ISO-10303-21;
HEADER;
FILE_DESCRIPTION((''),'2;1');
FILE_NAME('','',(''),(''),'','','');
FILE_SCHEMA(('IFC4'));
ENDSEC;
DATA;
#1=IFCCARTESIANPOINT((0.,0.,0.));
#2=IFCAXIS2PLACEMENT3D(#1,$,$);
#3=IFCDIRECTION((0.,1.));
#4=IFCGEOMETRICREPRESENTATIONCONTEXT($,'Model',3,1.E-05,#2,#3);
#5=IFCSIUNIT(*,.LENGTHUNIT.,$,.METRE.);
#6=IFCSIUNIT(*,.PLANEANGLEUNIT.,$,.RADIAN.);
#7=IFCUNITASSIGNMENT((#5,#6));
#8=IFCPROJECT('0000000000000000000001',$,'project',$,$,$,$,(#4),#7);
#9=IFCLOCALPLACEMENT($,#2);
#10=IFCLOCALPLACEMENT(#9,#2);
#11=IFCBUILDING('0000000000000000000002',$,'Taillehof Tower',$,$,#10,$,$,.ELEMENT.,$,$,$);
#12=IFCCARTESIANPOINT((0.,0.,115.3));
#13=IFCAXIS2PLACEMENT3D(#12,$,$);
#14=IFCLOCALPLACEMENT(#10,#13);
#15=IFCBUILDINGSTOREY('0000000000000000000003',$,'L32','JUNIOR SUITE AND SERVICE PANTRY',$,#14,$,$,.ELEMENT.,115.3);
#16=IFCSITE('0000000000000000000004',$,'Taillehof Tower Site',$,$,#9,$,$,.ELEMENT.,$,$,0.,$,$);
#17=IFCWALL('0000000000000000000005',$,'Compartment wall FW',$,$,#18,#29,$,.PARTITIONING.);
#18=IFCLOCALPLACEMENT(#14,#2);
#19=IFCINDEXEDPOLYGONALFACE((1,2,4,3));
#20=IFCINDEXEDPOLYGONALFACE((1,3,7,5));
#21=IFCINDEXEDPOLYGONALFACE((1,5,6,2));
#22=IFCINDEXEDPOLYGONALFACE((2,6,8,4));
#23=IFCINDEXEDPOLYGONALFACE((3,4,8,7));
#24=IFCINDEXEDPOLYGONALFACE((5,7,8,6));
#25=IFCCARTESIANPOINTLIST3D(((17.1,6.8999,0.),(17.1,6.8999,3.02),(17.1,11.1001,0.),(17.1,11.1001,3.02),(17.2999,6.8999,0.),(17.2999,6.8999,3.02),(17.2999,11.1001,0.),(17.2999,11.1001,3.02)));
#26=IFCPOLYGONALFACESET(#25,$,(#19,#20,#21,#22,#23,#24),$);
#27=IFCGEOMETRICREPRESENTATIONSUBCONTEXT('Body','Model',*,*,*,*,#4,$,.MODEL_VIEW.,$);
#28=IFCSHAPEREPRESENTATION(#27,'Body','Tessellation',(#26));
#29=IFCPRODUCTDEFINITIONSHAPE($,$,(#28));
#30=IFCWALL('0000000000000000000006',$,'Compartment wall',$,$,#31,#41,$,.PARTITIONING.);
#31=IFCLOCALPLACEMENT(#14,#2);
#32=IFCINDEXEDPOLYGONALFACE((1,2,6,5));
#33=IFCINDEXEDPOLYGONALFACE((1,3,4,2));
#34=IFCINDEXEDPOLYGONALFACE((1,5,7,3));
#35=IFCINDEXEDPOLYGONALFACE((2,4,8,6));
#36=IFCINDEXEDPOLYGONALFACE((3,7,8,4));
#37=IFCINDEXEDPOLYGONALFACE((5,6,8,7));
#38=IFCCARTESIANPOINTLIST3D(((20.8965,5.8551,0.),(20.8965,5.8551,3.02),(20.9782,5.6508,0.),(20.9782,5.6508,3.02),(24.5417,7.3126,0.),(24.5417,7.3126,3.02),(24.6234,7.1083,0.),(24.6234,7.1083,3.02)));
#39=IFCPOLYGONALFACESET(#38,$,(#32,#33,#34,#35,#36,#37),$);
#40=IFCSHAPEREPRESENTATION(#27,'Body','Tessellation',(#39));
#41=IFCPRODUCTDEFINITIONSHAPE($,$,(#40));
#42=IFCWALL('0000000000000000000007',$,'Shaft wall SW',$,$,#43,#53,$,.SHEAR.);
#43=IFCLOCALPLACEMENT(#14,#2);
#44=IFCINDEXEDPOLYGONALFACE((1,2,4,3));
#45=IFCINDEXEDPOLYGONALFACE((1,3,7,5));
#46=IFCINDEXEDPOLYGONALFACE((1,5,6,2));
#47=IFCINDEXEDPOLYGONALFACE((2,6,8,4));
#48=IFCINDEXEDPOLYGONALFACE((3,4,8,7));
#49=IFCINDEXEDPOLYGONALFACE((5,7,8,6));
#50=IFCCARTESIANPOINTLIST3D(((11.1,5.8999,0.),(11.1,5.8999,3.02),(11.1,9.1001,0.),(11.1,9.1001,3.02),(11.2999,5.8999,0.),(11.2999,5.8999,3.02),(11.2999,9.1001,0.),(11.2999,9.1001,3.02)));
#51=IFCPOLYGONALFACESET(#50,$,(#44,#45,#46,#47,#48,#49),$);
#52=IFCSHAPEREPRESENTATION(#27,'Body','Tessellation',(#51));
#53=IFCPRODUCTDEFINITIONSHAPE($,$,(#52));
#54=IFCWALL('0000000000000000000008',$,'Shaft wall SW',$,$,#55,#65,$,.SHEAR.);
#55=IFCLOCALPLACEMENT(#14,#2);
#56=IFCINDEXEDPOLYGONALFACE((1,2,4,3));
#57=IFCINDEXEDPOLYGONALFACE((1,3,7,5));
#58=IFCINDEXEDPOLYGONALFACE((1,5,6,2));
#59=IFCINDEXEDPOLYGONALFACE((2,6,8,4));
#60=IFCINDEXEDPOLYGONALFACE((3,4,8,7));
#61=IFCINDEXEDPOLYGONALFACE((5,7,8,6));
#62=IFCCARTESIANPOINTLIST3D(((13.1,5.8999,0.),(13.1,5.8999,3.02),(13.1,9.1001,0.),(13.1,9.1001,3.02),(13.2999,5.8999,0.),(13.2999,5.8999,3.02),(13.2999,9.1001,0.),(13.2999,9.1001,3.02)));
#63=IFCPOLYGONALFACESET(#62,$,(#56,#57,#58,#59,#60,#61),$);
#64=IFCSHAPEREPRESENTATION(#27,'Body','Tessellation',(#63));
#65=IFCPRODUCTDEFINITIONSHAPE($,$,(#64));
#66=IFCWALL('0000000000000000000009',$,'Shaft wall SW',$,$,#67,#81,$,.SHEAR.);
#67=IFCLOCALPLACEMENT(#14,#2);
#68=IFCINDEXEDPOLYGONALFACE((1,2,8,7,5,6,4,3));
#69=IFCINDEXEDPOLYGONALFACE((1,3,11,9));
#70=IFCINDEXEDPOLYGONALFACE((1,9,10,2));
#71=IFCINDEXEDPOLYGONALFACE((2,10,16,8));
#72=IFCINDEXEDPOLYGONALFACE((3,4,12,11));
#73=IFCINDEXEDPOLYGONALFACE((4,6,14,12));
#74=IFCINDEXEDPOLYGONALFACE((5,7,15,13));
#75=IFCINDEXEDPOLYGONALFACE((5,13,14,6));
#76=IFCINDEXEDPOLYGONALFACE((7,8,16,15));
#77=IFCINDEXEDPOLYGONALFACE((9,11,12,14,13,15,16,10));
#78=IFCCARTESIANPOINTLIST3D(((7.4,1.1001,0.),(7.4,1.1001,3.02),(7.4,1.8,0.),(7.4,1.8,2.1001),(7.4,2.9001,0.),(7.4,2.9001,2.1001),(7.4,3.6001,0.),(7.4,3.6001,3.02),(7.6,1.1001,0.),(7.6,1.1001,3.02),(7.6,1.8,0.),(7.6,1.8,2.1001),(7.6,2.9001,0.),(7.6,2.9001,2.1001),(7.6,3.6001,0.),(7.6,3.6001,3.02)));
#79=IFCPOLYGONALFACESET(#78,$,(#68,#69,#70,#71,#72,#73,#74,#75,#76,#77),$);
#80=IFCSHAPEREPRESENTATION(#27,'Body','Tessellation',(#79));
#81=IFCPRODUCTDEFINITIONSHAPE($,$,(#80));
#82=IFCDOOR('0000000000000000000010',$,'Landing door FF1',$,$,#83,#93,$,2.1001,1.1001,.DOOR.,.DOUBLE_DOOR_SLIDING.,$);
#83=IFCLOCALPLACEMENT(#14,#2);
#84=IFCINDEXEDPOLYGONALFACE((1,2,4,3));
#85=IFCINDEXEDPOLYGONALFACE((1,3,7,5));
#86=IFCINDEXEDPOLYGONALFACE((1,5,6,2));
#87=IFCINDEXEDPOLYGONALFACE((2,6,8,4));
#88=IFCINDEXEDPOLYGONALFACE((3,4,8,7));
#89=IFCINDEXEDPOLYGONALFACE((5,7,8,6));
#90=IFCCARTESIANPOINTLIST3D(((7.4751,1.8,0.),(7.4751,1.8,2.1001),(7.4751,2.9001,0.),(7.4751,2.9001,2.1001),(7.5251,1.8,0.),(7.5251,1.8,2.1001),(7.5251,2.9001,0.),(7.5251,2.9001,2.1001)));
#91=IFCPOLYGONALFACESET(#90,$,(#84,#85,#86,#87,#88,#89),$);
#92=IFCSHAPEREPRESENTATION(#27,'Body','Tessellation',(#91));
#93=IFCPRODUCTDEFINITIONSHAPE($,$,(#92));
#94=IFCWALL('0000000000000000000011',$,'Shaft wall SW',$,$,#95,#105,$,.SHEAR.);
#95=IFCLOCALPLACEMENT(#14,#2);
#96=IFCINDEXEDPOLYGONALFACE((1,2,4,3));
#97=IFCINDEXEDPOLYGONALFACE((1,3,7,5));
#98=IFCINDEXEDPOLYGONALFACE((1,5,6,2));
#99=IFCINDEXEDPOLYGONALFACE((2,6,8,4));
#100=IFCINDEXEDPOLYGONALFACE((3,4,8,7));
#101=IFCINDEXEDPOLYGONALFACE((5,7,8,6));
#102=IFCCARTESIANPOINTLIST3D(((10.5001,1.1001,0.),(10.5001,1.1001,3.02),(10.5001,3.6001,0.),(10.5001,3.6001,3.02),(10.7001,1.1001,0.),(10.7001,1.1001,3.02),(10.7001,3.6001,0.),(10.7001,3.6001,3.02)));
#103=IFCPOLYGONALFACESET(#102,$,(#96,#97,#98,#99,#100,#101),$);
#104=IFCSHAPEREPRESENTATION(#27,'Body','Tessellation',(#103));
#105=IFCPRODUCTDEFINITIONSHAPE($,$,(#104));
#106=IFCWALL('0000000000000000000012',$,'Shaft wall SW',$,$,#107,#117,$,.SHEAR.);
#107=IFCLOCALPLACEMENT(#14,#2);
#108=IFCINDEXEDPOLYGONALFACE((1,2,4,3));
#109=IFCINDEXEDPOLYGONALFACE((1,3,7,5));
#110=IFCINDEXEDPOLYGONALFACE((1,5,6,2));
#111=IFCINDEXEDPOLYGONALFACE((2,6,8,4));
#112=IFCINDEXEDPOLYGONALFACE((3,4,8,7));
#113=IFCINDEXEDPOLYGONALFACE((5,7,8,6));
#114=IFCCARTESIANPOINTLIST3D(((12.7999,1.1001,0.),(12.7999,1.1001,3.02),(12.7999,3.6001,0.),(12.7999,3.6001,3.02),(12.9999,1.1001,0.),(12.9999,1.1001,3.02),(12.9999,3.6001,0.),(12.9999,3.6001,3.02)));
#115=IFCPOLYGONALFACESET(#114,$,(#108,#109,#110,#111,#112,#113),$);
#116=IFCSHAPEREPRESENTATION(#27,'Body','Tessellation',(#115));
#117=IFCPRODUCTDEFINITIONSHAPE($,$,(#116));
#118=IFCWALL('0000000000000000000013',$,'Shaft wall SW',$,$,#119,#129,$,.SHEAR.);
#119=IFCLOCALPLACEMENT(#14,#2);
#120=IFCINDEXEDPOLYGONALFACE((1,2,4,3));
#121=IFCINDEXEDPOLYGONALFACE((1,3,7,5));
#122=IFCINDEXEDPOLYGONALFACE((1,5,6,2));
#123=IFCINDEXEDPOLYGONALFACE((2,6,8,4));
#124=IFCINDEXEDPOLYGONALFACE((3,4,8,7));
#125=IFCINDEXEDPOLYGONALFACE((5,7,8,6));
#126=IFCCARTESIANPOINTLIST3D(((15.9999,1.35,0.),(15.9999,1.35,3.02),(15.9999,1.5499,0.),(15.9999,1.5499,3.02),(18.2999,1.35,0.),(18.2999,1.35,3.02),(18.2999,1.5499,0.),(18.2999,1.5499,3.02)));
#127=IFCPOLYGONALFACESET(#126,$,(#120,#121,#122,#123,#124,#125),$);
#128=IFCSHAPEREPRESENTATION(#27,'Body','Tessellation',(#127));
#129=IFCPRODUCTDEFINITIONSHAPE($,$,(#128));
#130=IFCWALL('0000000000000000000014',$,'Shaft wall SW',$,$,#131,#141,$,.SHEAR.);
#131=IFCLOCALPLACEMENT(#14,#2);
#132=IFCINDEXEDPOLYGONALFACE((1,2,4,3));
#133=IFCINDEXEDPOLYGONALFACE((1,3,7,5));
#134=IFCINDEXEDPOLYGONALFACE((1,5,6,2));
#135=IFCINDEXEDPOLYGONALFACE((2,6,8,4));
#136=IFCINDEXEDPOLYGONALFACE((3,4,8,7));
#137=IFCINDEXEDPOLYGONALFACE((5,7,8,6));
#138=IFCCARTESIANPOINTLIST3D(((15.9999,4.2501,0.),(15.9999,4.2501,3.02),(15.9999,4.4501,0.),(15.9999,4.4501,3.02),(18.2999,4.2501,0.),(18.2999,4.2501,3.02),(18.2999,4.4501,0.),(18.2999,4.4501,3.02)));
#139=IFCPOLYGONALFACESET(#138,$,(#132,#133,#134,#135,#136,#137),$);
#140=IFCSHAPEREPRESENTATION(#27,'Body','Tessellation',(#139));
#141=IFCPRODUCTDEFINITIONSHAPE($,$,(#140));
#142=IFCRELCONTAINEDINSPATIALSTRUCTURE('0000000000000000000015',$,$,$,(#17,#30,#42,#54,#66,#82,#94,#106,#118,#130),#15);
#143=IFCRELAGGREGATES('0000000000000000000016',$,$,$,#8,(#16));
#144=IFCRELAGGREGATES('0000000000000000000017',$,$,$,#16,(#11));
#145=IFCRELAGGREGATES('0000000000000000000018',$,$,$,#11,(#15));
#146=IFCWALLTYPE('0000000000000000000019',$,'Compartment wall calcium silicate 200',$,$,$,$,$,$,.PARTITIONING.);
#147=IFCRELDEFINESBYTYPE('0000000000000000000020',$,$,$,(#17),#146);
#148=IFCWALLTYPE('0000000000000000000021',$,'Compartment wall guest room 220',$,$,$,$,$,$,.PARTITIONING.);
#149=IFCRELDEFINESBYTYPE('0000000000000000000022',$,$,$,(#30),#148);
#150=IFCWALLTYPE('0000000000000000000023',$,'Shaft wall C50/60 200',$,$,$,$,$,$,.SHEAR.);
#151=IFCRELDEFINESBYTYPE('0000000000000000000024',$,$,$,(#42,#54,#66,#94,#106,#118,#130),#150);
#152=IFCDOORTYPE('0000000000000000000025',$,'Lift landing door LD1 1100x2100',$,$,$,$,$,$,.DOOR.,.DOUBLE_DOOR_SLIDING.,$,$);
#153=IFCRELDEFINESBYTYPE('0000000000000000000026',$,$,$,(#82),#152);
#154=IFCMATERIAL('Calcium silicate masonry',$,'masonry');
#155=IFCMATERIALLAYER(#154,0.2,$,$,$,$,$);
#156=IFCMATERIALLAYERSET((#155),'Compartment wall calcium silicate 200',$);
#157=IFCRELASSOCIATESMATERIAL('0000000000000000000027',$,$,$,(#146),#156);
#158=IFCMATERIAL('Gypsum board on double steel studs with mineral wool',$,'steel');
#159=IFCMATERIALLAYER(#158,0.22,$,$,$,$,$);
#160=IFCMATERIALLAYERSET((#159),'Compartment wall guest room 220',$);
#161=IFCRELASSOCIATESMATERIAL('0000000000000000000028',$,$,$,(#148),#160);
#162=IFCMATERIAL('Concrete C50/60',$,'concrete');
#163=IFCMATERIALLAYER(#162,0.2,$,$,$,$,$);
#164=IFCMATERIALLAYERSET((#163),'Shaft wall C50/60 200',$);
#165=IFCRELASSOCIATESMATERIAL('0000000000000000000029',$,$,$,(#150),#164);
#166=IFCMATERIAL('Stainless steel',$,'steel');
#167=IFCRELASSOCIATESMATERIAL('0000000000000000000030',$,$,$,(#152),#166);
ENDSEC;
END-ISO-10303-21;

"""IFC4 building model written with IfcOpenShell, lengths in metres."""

from ifc_helpers import new_model, si_unit, direction, frame, frame_2d, origin, place, context, subcontext, project, spatial, rectangle, extrude, material, layer, layer_set, type_object, element, fill, save


model = new_model("IFC4")

# Units and contexts
model_context = context("Model", 3, precision=1e-05, world=origin(), true_north=direction((0.0, 1.0)))
body_context = subcontext(model_context, "Body", "Model", "MODEL_VIEW")
ifc_project = project(units=[si_unit("LENGTHUNIT", "METRE"), si_unit("PLANEANGLEUNIT", "RADIAN")], contexts=[model_context])

# Site, building, storey
site_placement = place(None, origin())
site = spatial("IfcSite", under=ifc_project, at=site_placement, Name="Taillehof Tower Site", CompositionType="ELEMENT", RefElevation=0.0)
building_placement = place(site_placement, origin())
building = spatial("IfcBuilding", under=site, at=building_placement, Name="Taillehof Tower", CompositionType="ELEMENT")
storey_placement = place(building_placement, frame((0.0, 0.0, 115.3)))
storey = spatial("IfcBuildingStorey", under=building, at=storey_placement, Name="L32", Description="JUNIOR SUITE AND SERVICE PANTRY", CompositionType="ELEMENT", Elevation=115.3)

# Shared definitions
ifc_material_1 = material(Name="Calcium silicate masonry", Category="masonry")
ifc_layer_1 = layer(ifc_material_1, 0.2)
ifc_layer_set_1 = layer_set([ifc_layer_1], Name="Compartment wall calcium silicate 200")
wall_type_1 = type_object("IfcWallType", Name="Compartment wall calcium silicate 200", PredefinedType="PARTITIONING", material=ifc_layer_set_1)

# Walls
wall_1_placement = place(storey_placement, frame((17.2, 6.8999, 0.0), z_axis=(0.0, 0.0, 1.0), x_axis=(0.0, 1.0, 0.0)))
element("IfcWall", 1, at=wall_1_placement, inside=storey, type_object=wall_type_1, Name="Compartment wall FW", PredefinedType="PARTITIONING", context=body_context, shape_type="SweptSolid", body=[
    extrude(rectangle(XDim=4.2002, YDim=0.2, at=frame_2d((2.1001, 0.0))), origin(), (0.0, 0.0, 1.0), 3.02),
])
ifc_material_2 = material(Name="Gypsum board on double steel studs with mineral wool", Category="steel")
ifc_layer_2 = layer(ifc_material_2, 0.22)
ifc_layer_set_2 = layer_set([ifc_layer_2], Name="Compartment wall guest room 220")
wall_type_2 = type_object("IfcWallType", Name="Compartment wall guest room 220", PredefinedType="PARTITIONING", material=ifc_layer_set_2)
wall_2_placement = place(storey_placement, frame((24.5825, 7.2104, 0.0), z_axis=(0.0, 0.0, 1.0), x_axis=(-0.928528, -0.371262, 0.0)))
element("IfcWall", 2, at=wall_2_placement, inside=storey, type_object=wall_type_2, Name="Compartment wall", PredefinedType="PARTITIONING", context=body_context, shape_type="SweptSolid", body=[
    extrude(rectangle(XDim=3.9258, YDim=0.22, at=frame_2d((1.9629, 0.0))), origin(), (0.0, 0.0, 1.0), 3.02),
])
ifc_material_3 = material(Name="Concrete C50/60", Category="concrete")
ifc_layer_3 = layer(ifc_material_3, 0.2)
ifc_layer_set_3 = layer_set([ifc_layer_3], Name="Shaft wall C50/60 200")
wall_type_3 = type_object("IfcWallType", Name="Shaft wall C50/60 200", PredefinedType="SHEAR", material=ifc_layer_set_3)
for number, where, z_axis, x_axis, name in (
    (3, (11.2, 5.8999, 0.0), (0.0, 0.0, 1.0), (0.0, 1.0, 0.0), "Shaft wall SW"),
    (4, (13.2, 5.8999, 0.0), (0.0, 0.0, 1.0), (0.0, 1.0, 0.0), "Shaft wall SW"),
):
    element("IfcWall", number, at=place(storey_placement, frame(where, z_axis=z_axis, x_axis=x_axis)), inside=storey, type_object=wall_type_3, Name=name, PredefinedType="SHEAR", context=body_context, shape_type="SweptSolid", body=[
        extrude(rectangle(XDim=3.2002, YDim=0.2, at=frame_2d((1.6001, 0.0))), origin(), (0.0, 0.0, 1.0), 3.02),
    ])

# Wall, opening, door
wall_3_placement = place(storey_placement, frame((7.5, 1.1001, 0.0), z_axis=(0.0, 0.0, 1.0), x_axis=(0.0, 1.0, 0.0)))
wall_3 = element("IfcWall", 5, at=wall_3_placement, inside=storey, type_object=wall_type_3, Name="Shaft wall SW", PredefinedType="SHEAR", context=body_context, shape_type="SweptSolid", body=[
    extrude(rectangle(XDim=2.5, YDim=0.2, at=frame_2d((1.25, 0.0))), origin(), (0.0, 0.0, 1.0), 3.02),
])
opening_1_placement = place(wall_3_placement, frame((0.7, 0.0, 0.0)))
opening_1 = element("IfcOpeningElement", 6, at=opening_1_placement, cuts=wall_3, PredefinedType="OPENING", context=body_context, shape_type="SweptSolid", body=[
    extrude(rectangle(XDim=1.1001, YDim=2.1001, at=frame_2d((0.55, 1.05))), frame((0.0, 0.1099, 0.0), z_axis=(0.0, -1.0, 0.0), x_axis=(1.0, 0.0, 0.0)), (0.0, 0.0, 1.0), 0.22),
])
ifc_material_4 = material(Name="Stainless steel", Category="steel")
door_type_1 = type_object("IfcDoorType", Name="Lift landing door LD1 1100x2100", OperationType="DOUBLE_DOOR_SLIDING", PredefinedType="DOOR", material=ifc_material_4)
door_1_placement = place(opening_1_placement, origin())
door_1 = element("IfcDoor", 7, at=door_1_placement, inside=storey, type_object=door_type_1, Name="Landing door FF1", OperationType="DOUBLE_DOOR_SLIDING", OverallHeight=2.1001, OverallWidth=1.1001, PredefinedType="DOOR", context=body_context, shape_type="SweptSolid", body=[
    extrude(rectangle(XDim=1.1001, YDim=2.1001, at=frame_2d((0.55, 1.05))), frame((0.0, 0.0249, 0.0), z_axis=(0.0, -1.0, 0.0), x_axis=(1.0, 0.0, 0.0)), (0.0, 0.0, 1.0), 0.05),
])
fill(opening_1, door_1)

# Walls
for number, where, z_axis, x_axis, name in (
    (8, (10.6001, 1.1001, 0.0), (0.0, 0.0, 1.0), (0.0, 1.0, 0.0), "Shaft wall SW"),
    (9, (12.8999, 1.1001, 0.0), (0.0, 0.0, 1.0), (0.0, 1.0, 0.0), "Shaft wall SW"),
):
    element("IfcWall", number, at=place(storey_placement, frame(where, z_axis=z_axis, x_axis=x_axis)), inside=storey, type_object=wall_type_3, Name=name, PredefinedType="SHEAR", context=body_context, shape_type="SweptSolid", body=[
        extrude(rectangle(XDim=2.5, YDim=0.2, at=frame_2d((1.25, 0.0))), origin(), (0.0, 0.0, 1.0), 3.02),
    ])
for number, where, z_axis, x_axis, name in (
    (10, (16.0, 1.45, 0.0), (0.0, 0.0, 1.0), (1.0, 0.0, 0.0), "Shaft wall SW"),
    (11, (16.0, 4.3501, 0.0), (0.0, 0.0, 1.0), (1.0, 0.0, 0.0), "Shaft wall SW"),
):
    element("IfcWall", number, at=place(storey_placement, frame(where, z_axis=z_axis, x_axis=x_axis)), inside=storey, type_object=wall_type_3, Name=name, PredefinedType="SHEAR", context=body_context, shape_type="SweptSolid", body=[
        extrude(rectangle(XDim=2.3, YDim=0.2, at=frame_2d((1.1499, 0.0))), origin(), (0.0, 0.0, 1.0), 3.02),
    ])

save(model, "model.ifc")
